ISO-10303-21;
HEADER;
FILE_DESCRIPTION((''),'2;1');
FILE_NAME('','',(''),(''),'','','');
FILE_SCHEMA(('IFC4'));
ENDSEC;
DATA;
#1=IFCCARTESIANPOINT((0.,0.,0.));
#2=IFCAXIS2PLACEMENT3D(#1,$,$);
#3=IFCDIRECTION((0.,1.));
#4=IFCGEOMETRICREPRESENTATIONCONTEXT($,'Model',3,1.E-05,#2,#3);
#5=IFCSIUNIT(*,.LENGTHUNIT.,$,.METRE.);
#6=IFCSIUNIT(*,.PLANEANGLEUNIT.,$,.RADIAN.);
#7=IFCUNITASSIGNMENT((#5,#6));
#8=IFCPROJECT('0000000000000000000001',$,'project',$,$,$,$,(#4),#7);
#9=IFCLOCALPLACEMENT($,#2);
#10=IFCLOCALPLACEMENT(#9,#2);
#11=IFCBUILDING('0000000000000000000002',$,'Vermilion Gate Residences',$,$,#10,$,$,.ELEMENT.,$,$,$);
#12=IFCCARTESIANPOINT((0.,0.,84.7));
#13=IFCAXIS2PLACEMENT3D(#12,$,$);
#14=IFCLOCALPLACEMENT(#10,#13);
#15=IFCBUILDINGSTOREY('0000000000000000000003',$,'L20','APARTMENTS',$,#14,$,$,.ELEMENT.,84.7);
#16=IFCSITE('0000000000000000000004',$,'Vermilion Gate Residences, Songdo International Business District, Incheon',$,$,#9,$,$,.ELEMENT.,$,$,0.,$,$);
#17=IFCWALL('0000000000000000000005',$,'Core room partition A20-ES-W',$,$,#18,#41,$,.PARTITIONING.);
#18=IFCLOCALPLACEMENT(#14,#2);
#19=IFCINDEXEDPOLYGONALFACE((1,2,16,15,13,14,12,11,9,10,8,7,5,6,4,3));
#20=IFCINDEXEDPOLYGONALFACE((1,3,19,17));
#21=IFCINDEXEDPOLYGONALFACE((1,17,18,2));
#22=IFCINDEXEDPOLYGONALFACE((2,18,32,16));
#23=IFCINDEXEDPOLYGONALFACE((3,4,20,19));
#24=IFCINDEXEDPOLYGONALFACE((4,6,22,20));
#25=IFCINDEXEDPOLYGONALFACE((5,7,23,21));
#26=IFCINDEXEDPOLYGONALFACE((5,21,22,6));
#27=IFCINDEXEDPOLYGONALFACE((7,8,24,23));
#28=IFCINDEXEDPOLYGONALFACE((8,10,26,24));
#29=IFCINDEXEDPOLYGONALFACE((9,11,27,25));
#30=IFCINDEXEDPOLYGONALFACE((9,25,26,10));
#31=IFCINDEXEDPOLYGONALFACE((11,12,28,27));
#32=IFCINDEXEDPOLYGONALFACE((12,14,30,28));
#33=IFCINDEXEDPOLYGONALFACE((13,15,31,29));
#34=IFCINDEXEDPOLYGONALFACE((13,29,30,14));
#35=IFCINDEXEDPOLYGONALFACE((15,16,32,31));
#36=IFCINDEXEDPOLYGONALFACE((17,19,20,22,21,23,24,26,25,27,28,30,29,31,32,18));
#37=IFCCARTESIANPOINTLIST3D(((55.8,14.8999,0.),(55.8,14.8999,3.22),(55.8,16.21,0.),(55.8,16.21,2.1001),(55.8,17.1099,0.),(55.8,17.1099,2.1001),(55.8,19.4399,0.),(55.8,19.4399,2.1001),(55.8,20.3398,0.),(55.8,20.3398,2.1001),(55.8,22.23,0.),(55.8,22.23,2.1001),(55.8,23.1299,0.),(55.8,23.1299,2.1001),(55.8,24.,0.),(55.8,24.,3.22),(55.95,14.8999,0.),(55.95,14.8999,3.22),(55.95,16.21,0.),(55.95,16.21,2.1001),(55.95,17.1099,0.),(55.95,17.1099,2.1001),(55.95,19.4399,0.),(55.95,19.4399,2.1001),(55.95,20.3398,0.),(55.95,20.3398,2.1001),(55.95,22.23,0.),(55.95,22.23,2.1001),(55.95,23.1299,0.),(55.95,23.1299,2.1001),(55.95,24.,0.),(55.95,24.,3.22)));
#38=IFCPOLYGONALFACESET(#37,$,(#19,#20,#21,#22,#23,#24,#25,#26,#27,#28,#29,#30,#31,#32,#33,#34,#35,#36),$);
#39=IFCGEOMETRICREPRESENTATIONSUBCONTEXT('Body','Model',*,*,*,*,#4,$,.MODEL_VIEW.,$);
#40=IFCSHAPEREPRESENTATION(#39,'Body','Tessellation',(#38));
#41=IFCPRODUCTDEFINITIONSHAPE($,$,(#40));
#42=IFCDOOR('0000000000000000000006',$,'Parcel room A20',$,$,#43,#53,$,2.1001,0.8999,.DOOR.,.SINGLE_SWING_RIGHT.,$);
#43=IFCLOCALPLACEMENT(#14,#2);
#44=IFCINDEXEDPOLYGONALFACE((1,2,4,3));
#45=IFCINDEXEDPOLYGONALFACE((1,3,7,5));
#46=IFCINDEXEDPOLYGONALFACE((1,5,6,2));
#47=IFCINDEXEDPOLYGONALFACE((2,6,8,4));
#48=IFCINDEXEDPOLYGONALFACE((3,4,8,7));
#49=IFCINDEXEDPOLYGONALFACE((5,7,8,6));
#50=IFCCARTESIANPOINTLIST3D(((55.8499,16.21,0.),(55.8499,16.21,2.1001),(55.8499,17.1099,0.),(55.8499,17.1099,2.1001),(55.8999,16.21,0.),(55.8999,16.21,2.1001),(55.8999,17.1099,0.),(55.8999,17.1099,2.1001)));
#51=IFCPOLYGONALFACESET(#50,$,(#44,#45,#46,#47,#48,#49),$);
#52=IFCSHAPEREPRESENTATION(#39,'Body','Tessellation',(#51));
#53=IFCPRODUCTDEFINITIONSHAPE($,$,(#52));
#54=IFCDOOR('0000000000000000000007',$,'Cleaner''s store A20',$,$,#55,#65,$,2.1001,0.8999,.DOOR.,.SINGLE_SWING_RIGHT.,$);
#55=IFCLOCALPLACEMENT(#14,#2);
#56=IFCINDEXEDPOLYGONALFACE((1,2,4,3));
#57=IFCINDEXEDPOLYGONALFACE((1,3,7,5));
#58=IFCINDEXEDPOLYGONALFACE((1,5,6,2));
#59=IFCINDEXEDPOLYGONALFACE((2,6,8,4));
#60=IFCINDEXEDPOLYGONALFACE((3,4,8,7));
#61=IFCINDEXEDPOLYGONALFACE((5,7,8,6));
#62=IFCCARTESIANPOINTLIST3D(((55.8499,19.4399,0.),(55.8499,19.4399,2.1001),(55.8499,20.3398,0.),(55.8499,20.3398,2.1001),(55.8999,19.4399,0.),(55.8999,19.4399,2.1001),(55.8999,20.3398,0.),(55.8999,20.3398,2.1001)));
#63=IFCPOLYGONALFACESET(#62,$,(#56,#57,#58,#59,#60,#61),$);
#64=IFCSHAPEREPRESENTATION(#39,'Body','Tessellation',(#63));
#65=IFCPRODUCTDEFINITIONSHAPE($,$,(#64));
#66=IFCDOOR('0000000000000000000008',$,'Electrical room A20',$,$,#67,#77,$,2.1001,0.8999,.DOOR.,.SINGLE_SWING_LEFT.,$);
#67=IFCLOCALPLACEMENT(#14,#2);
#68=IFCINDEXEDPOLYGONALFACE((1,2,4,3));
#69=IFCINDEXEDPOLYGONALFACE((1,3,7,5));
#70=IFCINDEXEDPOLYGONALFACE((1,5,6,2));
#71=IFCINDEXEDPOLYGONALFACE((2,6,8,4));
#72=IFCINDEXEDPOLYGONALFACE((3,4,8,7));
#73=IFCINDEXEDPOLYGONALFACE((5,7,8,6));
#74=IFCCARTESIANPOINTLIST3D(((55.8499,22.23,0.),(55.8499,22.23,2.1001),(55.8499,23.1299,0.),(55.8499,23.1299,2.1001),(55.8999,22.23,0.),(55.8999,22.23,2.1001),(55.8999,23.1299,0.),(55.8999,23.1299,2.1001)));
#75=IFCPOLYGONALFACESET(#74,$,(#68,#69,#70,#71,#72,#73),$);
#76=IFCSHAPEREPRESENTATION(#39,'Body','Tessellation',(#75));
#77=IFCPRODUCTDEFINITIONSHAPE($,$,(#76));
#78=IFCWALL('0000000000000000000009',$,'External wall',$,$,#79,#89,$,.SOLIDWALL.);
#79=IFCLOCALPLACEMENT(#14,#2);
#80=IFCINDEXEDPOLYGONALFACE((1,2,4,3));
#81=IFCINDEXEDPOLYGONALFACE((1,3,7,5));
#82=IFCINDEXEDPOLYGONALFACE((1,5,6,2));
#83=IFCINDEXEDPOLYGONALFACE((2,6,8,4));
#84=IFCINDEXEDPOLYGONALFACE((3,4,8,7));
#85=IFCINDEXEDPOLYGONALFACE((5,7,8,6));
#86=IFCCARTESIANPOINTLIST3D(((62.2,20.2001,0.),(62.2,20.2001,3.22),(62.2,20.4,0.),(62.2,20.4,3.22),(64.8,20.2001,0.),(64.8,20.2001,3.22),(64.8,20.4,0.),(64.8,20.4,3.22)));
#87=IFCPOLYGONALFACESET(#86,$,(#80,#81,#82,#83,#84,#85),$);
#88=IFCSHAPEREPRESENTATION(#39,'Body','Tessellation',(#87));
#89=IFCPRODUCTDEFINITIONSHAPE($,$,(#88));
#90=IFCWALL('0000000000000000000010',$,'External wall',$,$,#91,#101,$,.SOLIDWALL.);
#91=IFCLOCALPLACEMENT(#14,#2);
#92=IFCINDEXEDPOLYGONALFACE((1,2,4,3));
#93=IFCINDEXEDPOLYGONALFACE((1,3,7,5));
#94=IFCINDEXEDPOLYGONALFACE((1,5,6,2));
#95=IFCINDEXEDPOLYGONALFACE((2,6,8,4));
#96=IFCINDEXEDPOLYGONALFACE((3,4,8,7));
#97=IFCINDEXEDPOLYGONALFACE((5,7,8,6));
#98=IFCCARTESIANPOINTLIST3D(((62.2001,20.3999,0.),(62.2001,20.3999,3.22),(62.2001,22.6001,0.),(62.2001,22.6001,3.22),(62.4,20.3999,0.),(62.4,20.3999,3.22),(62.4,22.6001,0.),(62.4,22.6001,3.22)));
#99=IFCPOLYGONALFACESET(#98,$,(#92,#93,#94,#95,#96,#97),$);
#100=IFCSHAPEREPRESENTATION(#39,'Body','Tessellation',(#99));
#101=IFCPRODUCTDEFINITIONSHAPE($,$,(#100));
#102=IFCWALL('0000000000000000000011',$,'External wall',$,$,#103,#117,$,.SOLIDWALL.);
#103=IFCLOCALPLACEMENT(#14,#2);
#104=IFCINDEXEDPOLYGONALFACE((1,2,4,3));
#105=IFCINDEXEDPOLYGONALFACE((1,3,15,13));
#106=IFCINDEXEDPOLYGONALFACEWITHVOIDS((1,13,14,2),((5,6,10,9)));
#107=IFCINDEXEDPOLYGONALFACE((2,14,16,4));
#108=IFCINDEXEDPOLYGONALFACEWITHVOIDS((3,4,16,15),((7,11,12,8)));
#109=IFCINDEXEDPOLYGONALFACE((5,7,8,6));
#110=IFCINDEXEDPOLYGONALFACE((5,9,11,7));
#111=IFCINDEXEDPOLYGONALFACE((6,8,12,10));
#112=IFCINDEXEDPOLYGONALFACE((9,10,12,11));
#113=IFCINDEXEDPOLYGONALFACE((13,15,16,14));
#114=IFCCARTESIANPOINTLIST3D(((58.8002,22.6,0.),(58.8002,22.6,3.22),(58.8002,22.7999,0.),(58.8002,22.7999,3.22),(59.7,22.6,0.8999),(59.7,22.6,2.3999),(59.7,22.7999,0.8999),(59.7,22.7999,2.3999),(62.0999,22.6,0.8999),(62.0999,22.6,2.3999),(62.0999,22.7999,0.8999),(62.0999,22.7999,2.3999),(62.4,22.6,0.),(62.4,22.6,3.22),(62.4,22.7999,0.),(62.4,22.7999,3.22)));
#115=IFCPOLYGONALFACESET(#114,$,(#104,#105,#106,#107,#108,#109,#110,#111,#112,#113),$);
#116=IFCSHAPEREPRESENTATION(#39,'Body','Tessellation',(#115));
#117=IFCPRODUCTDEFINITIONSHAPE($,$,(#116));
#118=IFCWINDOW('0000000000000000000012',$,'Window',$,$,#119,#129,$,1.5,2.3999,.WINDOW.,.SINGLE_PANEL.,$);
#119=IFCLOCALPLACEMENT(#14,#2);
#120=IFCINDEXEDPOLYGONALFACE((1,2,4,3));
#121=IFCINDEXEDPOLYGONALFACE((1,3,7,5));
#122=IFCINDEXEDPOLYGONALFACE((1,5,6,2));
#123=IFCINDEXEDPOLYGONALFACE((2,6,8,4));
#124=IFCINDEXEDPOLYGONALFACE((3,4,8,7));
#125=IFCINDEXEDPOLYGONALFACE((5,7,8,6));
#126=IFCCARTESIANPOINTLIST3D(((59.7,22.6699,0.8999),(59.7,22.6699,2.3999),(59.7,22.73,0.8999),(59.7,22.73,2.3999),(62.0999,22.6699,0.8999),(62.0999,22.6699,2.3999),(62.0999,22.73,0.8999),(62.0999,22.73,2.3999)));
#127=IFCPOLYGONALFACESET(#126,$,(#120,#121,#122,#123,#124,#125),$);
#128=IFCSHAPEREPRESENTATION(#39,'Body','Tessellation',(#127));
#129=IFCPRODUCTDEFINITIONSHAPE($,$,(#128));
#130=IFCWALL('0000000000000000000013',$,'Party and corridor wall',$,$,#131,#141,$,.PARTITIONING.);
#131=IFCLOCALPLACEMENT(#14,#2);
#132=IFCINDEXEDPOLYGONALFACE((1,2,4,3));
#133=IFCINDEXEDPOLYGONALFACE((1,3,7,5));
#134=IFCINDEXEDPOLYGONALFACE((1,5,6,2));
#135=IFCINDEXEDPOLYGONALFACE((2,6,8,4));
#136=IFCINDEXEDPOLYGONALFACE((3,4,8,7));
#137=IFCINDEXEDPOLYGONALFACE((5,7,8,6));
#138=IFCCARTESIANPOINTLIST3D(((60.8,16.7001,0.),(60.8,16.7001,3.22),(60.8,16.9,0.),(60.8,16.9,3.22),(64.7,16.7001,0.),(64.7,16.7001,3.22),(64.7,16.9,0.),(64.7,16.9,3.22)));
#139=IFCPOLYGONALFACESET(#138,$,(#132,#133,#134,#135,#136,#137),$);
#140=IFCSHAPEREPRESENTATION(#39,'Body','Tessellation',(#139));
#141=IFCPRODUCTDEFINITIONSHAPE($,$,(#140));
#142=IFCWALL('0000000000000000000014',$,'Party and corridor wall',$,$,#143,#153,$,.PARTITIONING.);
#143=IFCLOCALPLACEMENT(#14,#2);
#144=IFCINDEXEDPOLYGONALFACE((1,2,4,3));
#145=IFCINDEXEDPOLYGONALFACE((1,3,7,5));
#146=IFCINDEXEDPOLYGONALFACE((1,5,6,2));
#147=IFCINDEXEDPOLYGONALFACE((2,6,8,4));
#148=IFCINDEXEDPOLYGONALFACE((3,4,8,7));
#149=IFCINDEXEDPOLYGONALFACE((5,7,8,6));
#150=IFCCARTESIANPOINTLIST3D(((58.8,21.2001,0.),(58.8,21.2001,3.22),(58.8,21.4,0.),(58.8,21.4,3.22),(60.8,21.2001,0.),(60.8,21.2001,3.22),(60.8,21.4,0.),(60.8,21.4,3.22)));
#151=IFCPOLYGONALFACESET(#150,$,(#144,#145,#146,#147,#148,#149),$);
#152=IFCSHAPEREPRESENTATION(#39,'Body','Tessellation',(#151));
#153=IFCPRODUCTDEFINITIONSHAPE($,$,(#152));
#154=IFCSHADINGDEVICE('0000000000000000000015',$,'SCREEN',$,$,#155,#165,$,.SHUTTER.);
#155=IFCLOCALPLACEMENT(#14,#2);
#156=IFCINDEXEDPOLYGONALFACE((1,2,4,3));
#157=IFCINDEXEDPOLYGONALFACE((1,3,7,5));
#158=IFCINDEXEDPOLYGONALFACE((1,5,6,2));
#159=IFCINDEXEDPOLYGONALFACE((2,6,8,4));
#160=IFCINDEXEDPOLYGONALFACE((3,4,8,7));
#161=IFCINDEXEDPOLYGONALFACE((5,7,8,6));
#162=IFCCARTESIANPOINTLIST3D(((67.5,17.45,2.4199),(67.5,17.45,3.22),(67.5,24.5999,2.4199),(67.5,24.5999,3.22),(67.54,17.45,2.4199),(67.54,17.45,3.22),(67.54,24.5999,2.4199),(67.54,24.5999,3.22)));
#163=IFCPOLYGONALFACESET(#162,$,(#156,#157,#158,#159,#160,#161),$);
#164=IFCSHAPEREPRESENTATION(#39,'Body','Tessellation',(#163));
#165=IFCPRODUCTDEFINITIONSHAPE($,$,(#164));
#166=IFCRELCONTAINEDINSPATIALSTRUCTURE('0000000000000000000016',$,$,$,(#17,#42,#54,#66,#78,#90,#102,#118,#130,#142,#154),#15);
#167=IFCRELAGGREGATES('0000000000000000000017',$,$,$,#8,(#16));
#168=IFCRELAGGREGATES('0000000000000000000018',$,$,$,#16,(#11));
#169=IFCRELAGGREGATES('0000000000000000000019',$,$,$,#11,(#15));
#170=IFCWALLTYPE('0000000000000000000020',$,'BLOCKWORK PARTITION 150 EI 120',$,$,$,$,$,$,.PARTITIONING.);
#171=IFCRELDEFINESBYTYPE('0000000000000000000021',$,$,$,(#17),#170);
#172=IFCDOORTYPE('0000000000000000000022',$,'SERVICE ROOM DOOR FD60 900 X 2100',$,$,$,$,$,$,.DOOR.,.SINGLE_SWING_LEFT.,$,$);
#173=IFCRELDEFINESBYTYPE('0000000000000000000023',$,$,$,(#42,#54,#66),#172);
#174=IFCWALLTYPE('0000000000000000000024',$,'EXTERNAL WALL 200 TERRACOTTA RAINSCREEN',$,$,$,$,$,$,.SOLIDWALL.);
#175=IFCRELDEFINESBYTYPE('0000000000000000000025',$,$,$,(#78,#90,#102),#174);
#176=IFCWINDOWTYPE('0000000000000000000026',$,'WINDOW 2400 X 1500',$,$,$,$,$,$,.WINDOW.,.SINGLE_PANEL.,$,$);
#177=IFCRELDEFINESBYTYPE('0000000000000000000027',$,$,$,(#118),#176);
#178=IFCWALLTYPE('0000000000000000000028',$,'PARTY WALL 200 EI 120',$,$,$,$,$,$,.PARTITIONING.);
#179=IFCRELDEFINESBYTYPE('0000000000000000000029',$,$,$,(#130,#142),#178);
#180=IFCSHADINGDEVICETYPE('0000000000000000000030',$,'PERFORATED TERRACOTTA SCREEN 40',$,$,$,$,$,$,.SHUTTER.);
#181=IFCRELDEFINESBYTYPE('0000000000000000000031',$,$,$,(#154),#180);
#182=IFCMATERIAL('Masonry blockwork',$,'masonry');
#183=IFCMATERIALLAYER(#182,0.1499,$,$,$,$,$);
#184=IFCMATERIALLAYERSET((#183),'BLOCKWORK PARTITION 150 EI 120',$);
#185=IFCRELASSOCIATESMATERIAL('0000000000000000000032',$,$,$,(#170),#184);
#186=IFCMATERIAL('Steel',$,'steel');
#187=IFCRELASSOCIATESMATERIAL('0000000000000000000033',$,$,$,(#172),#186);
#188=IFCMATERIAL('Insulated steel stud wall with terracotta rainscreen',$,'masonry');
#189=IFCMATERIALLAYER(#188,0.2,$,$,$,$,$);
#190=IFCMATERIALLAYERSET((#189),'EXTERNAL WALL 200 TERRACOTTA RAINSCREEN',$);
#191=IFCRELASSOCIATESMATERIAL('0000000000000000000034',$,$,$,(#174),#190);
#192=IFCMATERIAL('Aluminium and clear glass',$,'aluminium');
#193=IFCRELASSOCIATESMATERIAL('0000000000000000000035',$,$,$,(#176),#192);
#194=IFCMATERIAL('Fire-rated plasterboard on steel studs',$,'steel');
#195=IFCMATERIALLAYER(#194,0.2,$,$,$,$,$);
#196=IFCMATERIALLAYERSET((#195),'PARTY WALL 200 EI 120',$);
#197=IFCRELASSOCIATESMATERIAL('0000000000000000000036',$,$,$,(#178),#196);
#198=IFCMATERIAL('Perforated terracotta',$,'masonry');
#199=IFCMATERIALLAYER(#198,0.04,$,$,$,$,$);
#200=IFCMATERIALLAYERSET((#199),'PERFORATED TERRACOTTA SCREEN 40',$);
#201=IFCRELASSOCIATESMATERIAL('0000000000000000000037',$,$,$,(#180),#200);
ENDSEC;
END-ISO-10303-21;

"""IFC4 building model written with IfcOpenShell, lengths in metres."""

from ifc_helpers import new_model, si_unit, direction, frame, frame_2d, origin, origin_2d, place, context, subcontext, project, spatial, rectangle, extrude, material, layer, layer_set, type_object, element, fill, save


model = new_model("IFC4")

# Units and contexts
model_context = context("Model", 3, precision=1e-05, world=origin(), true_north=direction((0.0, 1.0)))
body_context = subcontext(model_context, "Body", "Model", "MODEL_VIEW")
ifc_project = project(units=[si_unit("LENGTHUNIT", "METRE"), si_unit("PLANEANGLEUNIT", "RADIAN")], contexts=[model_context])

# Site, building, storey
site_placement = place(None, origin())
site = spatial("IfcSite", under=ifc_project, at=site_placement, Name="Vermilion Gate Residences, Songdo International Business District, Incheon", CompositionType="ELEMENT", RefElevation=0.0)
building_placement = place(site_placement, origin())
building = spatial("IfcBuilding", under=site, at=building_placement, Name="Vermilion Gate Residences", CompositionType="ELEMENT")
storey_placement = place(building_placement, frame((0.0, 0.0, 84.7)))
storey = spatial("IfcBuildingStorey", under=building, at=storey_placement, Name="L20", Description="APARTMENTS", CompositionType="ELEMENT", Elevation=84.7)

# Shared definitions
ifc_material_1 = material(Name="Masonry blockwork", Category="masonry")
ifc_layer_1 = layer(ifc_material_1, 0.1499)
ifc_layer_set_1 = layer_set([ifc_layer_1], Name="BLOCKWORK PARTITION 150 EI 120")
wall_type_1 = type_object("IfcWallType", Name="BLOCKWORK PARTITION 150 EI 120", PredefinedType="PARTITIONING", material=ifc_layer_set_1)

# Wall, openings, doors
wall_1_placement = place(storey_placement, frame((55.875, 14.8999, 0.0), z_axis=(0.0, 0.0, 1.0), x_axis=(0.0, 1.0, 0.0)))
wall_1 = element("IfcWall", 1, at=wall_1_placement, inside=storey, type_object=wall_type_1, Name="Core room partition A20-ES-W", PredefinedType="PARTITIONING", context=body_context, shape_type="SweptSolid", body=[
    extrude(rectangle(XDim=9.1001, YDim=0.1499, at=frame_2d((4.55, 0.0))), origin(), (0.0, 0.0, 1.0), 3.22),
])
opening_1_placement = place(wall_1_placement, frame((1.3101, 0.0, 0.0)))
opening_1 = element("IfcOpeningElement", 2, at=opening_1_placement, cuts=wall_1, PredefinedType="OPENING", context=body_context, shape_type="SweptSolid", body=[
    extrude(rectangle(XDim=0.8999, YDim=2.1001, at=frame_2d((0.45, 1.05))), frame((0.0, 0.085, 0.0), z_axis=(0.0, -1.0, 0.0), x_axis=(1.0, 0.0, 0.0)), (0.0, 0.0, 1.0), 0.1699),
])
opening_2_placement = place(wall_1_placement, frame((4.54, 0.0, 0.0)))
opening_2 = element("IfcOpeningElement", 3, at=opening_2_placement, cuts=wall_1, PredefinedType="OPENING", context=body_context, shape_type="SweptSolid", body=[
    extrude(rectangle(XDim=0.8999, YDim=2.1001, at=frame_2d((0.45, 1.05))), frame((0.0, 0.085, 0.0), z_axis=(0.0, -1.0, 0.0), x_axis=(1.0, 0.0, 0.0)), (0.0, 0.0, 1.0), 0.1699),
])
opening_3_placement = place(wall_1_placement, frame((7.3301, 0.0, 0.0)))
opening_3 = element("IfcOpeningElement", 4, at=opening_3_placement, cuts=wall_1, PredefinedType="OPENING", context=body_context, shape_type="SweptSolid", body=[
    extrude(rectangle(XDim=0.8999, YDim=2.1001, at=frame_2d((0.45, 1.05))), frame((0.0, 0.085, 0.0), z_axis=(0.0, -1.0, 0.0), x_axis=(1.0, 0.0, 0.0)), (0.0, 0.0, 1.0), 0.1699),
])
ifc_material_2 = material(Name="Steel", Category="steel")
door_type_1 = type_object("IfcDoorType", Name="SERVICE ROOM DOOR FD60 900 X 2100", OperationType="SINGLE_SWING_LEFT", PredefinedType="DOOR", material=ifc_material_2)
door_1_placement = place(opening_1_placement, frame((0.8999, 0.0, 0.0), z_axis=(0.0, 0.0, 1.0), x_axis=(-1.0, 0.0, 0.0)))
door_1 = element("IfcDoor", 5, at=door_1_placement, inside=storey, type_object=door_type_1, Name="Parcel room A20", OperationType="SINGLE_SWING_RIGHT", OverallHeight=2.1001, OverallWidth=0.8999, PredefinedType="DOOR", context=body_context, shape_type="SweptSolid", body=[
    extrude(rectangle(XDim=0.8999, YDim=2.1001, at=frame_2d((0.45, 1.05))), frame((0.0, 0.0249, 0.0), z_axis=(0.0, -1.0, 0.0), x_axis=(1.0, 0.0, 0.0)), (0.0, 0.0, 1.0), 0.05),
])
fill(opening_1, door_1)
door_2_placement = place(opening_2_placement, frame((0.8999, 0.0, 0.0), z_axis=(0.0, 0.0, 1.0), x_axis=(-1.0, 0.0, 0.0)))
door_2 = element("IfcDoor", 6, at=door_2_placement, inside=storey, type_object=door_type_1, Name="Cleaner's store A20", OperationType="SINGLE_SWING_RIGHT", OverallHeight=2.1001, OverallWidth=0.8999, PredefinedType="DOOR", context=body_context, shape_type="SweptSolid", body=[
    extrude(rectangle(XDim=0.8999, YDim=2.1001, at=frame_2d((0.45, 1.05))), frame((0.0, 0.0249, 0.0), z_axis=(0.0, -1.0, 0.0), x_axis=(1.0, 0.0, 0.0)), (0.0, 0.0, 1.0), 0.05),
])
fill(opening_2, door_2)
door_3_placement = place(opening_3_placement, frame((0.8999, 0.0, 0.0), z_axis=(0.0, 0.0, 1.0), x_axis=(-1.0, 0.0, 0.0)))
door_3 = element("IfcDoor", 7, at=door_3_placement, inside=storey, type_object=door_type_1, Name="Electrical room A20", OperationType="SINGLE_SWING_LEFT", OverallHeight=2.1001, OverallWidth=0.8999, PredefinedType="DOOR", context=body_context, shape_type="SweptSolid", body=[
    extrude(rectangle(XDim=0.8999, YDim=2.1001, at=frame_2d((0.45, 1.05))), frame((0.0, 0.0249, 0.0), z_axis=(0.0, -1.0, 0.0), x_axis=(1.0, 0.0, 0.0)), (0.0, 0.0, 1.0), 0.05),
])
fill(opening_3, door_3)

# Walls
ifc_material_3 = material(Name="Insulated steel stud wall with terracotta rainscreen", Category="masonry")
ifc_layer_2 = layer(ifc_material_3, 0.2)
ifc_layer_set_2 = layer_set([ifc_layer_2], Name="EXTERNAL WALL 200 TERRACOTTA RAINSCREEN")
wall_type_2 = type_object("IfcWallType", Name="EXTERNAL WALL 200 TERRACOTTA RAINSCREEN", PredefinedType="SOLIDWALL", material=ifc_layer_set_2)
wall_2_placement = place(storey_placement, frame((64.8, 20.3, 0.0), z_axis=(0.0, 0.0, 1.0), x_axis=(-1.0, 0.0, 0.0)))
element("IfcWall", 8, at=wall_2_placement, inside=storey, type_object=wall_type_2, Name="External wall", PredefinedType="SOLIDWALL", context=body_context, shape_type="SweptSolid", body=[
    extrude(rectangle(XDim=2.6001, YDim=0.2, at=frame_2d((1.3, 0.0))), origin(), (0.0, 0.0, 1.0), 3.22),
])
wall_3_placement = place(storey_placement, frame((62.3, 20.3999, 0.0), z_axis=(0.0, 0.0, 1.0), x_axis=(0.0, 1.0, 0.0)))
element("IfcWall", 9, at=wall_3_placement, inside=storey, type_object=wall_type_2, Name="External wall", PredefinedType="SOLIDWALL", context=body_context, shape_type="SweptSolid", body=[
    extrude(rectangle(XDim=2.2002, YDim=0.2, at=frame_2d((1.1001, 0.0))), origin(), (0.0, 0.0, 1.0), 3.22),
])

# Wall, opening, window
wall_4_placement = place(storey_placement, frame((62.3999, 22.7, 0.0), z_axis=(0.0, 0.0, 1.0), x_axis=(-1.0, 0.0, 0.0)))
wall_4 = element("IfcWall", 10, at=wall_4_placement, inside=storey, type_object=wall_type_2, Name="External wall", PredefinedType="SOLIDWALL", context=body_context, shape_type="SweptSolid", body=[
    extrude(rectangle(XDim=3.5999, YDim=0.2, at=frame_2d((1.7998, 0.0))), origin(), (0.0, 0.0, 1.0), 3.22),
])
opening_4_placement = place(wall_4_placement, frame((0.3, 0.0, 0.8999)))
opening_4 = element("IfcOpeningElement", 11, at=opening_4_placement, cuts=wall_4, PredefinedType="OPENING", context=body_context, shape_type="SweptSolid", body=[
    extrude(rectangle(XDim=2.3999, YDim=1.5, at=frame_2d((1.2, 0.75))), frame((0.0, 0.1099, 0.0), z_axis=(0.0, -1.0, 0.0), x_axis=(1.0, 0.0, 0.0)), (0.0, 0.0, 1.0), 0.22),
])
ifc_material_4 = material(Name="Aluminium and clear glass", Category="aluminium")
window_type = type_object("IfcWindowType", Name="WINDOW 2400 X 1500", PartitioningType="SINGLE_PANEL", PredefinedType="WINDOW", material=ifc_material_4)
window_placement = place(opening_4_placement, origin())
window = element("IfcWindow", 12, at=window_placement, inside=storey, type_object=window_type, Name="Window", OverallHeight=1.5, OverallWidth=2.3999, PartitioningType="SINGLE_PANEL", PredefinedType="WINDOW", context=body_context, shape_type="SweptSolid", body=[
    extrude(rectangle(XDim=2.3999, YDim=1.5, at=frame_2d((1.2, 0.75))), frame((0.0, 0.03, 0.0), z_axis=(0.0, -1.0, 0.0), x_axis=(1.0, 0.0, 0.0)), (0.0, 0.0, 1.0), 0.0601),
])
fill(opening_4, window)

# Walls
ifc_material_5 = material(Name="Fire-rated plasterboard on steel studs", Category="steel")
ifc_layer_3 = layer(ifc_material_5, 0.2)
ifc_layer_set_3 = layer_set([ifc_layer_3], Name="PARTY WALL 200 EI 120")
wall_type_3 = type_object("IfcWallType", Name="PARTY WALL 200 EI 120", PredefinedType="PARTITIONING", material=ifc_layer_set_3)
wall_5_placement = place(storey_placement, frame((60.8, 16.8, 0.0), z_axis=(0.0, 0.0, 1.0), x_axis=(1.0, 0.0, 0.0)))
element("IfcWall", 13, at=wall_5_placement, inside=storey, type_object=wall_type_3, Name="Party and corridor wall", PredefinedType="PARTITIONING", context=body_context, shape_type="SweptSolid", body=[
    extrude(rectangle(XDim=3.8999, YDim=0.2, at=frame_2d((1.95, 0.0))), origin(), (0.0, 0.0, 1.0), 3.22),
])
wall_6_placement = place(storey_placement, frame((58.8, 21.3, 0.0), z_axis=(0.0, 0.0, 1.0), x_axis=(1.0, 0.0, 0.0)))
element("IfcWall", 14, at=wall_6_placement, inside=storey, type_object=wall_type_3, Name="Party and corridor wall", PredefinedType="PARTITIONING", context=body_context, shape_type="SweptSolid", body=[
    extrude(rectangle(XDim=2.0, YDim=0.2, at=frame_2d((1.0, 0.0))), origin(), (0.0, 0.0, 1.0), 3.22),
])

# Shading device
ifc_material_6 = material(Name="Perforated terracotta", Category="masonry")
ifc_layer_4 = layer(ifc_material_6, 0.04)
ifc_layer_set_4 = layer_set([ifc_layer_4], Name="PERFORATED TERRACOTTA SCREEN 40")
shading_device_type_1 = type_object("IfcShadingDeviceType", Name="PERFORATED TERRACOTTA SCREEN 40", PredefinedType="SHUTTER", material=ifc_layer_set_4)
shading_device_1_placement = place(storey_placement, frame((67.52, 21.0249, 2.4199), z_axis=(0.0, 0.0, 1.0), x_axis=(0.0, 1.0, 0.0)))
element("IfcShadingDevice", 15, at=shading_device_1_placement, inside=storey, type_object=shading_device_type_1, Name="SCREEN", PredefinedType="SHUTTER", context=body_context, shape_type="SweptSolid", body=[
    extrude(rectangle(XDim=7.1499, YDim=0.04, at=origin_2d()), origin(), (0.0, 0.0, 1.0), 0.8),
])

save(model, "model.ifc")
